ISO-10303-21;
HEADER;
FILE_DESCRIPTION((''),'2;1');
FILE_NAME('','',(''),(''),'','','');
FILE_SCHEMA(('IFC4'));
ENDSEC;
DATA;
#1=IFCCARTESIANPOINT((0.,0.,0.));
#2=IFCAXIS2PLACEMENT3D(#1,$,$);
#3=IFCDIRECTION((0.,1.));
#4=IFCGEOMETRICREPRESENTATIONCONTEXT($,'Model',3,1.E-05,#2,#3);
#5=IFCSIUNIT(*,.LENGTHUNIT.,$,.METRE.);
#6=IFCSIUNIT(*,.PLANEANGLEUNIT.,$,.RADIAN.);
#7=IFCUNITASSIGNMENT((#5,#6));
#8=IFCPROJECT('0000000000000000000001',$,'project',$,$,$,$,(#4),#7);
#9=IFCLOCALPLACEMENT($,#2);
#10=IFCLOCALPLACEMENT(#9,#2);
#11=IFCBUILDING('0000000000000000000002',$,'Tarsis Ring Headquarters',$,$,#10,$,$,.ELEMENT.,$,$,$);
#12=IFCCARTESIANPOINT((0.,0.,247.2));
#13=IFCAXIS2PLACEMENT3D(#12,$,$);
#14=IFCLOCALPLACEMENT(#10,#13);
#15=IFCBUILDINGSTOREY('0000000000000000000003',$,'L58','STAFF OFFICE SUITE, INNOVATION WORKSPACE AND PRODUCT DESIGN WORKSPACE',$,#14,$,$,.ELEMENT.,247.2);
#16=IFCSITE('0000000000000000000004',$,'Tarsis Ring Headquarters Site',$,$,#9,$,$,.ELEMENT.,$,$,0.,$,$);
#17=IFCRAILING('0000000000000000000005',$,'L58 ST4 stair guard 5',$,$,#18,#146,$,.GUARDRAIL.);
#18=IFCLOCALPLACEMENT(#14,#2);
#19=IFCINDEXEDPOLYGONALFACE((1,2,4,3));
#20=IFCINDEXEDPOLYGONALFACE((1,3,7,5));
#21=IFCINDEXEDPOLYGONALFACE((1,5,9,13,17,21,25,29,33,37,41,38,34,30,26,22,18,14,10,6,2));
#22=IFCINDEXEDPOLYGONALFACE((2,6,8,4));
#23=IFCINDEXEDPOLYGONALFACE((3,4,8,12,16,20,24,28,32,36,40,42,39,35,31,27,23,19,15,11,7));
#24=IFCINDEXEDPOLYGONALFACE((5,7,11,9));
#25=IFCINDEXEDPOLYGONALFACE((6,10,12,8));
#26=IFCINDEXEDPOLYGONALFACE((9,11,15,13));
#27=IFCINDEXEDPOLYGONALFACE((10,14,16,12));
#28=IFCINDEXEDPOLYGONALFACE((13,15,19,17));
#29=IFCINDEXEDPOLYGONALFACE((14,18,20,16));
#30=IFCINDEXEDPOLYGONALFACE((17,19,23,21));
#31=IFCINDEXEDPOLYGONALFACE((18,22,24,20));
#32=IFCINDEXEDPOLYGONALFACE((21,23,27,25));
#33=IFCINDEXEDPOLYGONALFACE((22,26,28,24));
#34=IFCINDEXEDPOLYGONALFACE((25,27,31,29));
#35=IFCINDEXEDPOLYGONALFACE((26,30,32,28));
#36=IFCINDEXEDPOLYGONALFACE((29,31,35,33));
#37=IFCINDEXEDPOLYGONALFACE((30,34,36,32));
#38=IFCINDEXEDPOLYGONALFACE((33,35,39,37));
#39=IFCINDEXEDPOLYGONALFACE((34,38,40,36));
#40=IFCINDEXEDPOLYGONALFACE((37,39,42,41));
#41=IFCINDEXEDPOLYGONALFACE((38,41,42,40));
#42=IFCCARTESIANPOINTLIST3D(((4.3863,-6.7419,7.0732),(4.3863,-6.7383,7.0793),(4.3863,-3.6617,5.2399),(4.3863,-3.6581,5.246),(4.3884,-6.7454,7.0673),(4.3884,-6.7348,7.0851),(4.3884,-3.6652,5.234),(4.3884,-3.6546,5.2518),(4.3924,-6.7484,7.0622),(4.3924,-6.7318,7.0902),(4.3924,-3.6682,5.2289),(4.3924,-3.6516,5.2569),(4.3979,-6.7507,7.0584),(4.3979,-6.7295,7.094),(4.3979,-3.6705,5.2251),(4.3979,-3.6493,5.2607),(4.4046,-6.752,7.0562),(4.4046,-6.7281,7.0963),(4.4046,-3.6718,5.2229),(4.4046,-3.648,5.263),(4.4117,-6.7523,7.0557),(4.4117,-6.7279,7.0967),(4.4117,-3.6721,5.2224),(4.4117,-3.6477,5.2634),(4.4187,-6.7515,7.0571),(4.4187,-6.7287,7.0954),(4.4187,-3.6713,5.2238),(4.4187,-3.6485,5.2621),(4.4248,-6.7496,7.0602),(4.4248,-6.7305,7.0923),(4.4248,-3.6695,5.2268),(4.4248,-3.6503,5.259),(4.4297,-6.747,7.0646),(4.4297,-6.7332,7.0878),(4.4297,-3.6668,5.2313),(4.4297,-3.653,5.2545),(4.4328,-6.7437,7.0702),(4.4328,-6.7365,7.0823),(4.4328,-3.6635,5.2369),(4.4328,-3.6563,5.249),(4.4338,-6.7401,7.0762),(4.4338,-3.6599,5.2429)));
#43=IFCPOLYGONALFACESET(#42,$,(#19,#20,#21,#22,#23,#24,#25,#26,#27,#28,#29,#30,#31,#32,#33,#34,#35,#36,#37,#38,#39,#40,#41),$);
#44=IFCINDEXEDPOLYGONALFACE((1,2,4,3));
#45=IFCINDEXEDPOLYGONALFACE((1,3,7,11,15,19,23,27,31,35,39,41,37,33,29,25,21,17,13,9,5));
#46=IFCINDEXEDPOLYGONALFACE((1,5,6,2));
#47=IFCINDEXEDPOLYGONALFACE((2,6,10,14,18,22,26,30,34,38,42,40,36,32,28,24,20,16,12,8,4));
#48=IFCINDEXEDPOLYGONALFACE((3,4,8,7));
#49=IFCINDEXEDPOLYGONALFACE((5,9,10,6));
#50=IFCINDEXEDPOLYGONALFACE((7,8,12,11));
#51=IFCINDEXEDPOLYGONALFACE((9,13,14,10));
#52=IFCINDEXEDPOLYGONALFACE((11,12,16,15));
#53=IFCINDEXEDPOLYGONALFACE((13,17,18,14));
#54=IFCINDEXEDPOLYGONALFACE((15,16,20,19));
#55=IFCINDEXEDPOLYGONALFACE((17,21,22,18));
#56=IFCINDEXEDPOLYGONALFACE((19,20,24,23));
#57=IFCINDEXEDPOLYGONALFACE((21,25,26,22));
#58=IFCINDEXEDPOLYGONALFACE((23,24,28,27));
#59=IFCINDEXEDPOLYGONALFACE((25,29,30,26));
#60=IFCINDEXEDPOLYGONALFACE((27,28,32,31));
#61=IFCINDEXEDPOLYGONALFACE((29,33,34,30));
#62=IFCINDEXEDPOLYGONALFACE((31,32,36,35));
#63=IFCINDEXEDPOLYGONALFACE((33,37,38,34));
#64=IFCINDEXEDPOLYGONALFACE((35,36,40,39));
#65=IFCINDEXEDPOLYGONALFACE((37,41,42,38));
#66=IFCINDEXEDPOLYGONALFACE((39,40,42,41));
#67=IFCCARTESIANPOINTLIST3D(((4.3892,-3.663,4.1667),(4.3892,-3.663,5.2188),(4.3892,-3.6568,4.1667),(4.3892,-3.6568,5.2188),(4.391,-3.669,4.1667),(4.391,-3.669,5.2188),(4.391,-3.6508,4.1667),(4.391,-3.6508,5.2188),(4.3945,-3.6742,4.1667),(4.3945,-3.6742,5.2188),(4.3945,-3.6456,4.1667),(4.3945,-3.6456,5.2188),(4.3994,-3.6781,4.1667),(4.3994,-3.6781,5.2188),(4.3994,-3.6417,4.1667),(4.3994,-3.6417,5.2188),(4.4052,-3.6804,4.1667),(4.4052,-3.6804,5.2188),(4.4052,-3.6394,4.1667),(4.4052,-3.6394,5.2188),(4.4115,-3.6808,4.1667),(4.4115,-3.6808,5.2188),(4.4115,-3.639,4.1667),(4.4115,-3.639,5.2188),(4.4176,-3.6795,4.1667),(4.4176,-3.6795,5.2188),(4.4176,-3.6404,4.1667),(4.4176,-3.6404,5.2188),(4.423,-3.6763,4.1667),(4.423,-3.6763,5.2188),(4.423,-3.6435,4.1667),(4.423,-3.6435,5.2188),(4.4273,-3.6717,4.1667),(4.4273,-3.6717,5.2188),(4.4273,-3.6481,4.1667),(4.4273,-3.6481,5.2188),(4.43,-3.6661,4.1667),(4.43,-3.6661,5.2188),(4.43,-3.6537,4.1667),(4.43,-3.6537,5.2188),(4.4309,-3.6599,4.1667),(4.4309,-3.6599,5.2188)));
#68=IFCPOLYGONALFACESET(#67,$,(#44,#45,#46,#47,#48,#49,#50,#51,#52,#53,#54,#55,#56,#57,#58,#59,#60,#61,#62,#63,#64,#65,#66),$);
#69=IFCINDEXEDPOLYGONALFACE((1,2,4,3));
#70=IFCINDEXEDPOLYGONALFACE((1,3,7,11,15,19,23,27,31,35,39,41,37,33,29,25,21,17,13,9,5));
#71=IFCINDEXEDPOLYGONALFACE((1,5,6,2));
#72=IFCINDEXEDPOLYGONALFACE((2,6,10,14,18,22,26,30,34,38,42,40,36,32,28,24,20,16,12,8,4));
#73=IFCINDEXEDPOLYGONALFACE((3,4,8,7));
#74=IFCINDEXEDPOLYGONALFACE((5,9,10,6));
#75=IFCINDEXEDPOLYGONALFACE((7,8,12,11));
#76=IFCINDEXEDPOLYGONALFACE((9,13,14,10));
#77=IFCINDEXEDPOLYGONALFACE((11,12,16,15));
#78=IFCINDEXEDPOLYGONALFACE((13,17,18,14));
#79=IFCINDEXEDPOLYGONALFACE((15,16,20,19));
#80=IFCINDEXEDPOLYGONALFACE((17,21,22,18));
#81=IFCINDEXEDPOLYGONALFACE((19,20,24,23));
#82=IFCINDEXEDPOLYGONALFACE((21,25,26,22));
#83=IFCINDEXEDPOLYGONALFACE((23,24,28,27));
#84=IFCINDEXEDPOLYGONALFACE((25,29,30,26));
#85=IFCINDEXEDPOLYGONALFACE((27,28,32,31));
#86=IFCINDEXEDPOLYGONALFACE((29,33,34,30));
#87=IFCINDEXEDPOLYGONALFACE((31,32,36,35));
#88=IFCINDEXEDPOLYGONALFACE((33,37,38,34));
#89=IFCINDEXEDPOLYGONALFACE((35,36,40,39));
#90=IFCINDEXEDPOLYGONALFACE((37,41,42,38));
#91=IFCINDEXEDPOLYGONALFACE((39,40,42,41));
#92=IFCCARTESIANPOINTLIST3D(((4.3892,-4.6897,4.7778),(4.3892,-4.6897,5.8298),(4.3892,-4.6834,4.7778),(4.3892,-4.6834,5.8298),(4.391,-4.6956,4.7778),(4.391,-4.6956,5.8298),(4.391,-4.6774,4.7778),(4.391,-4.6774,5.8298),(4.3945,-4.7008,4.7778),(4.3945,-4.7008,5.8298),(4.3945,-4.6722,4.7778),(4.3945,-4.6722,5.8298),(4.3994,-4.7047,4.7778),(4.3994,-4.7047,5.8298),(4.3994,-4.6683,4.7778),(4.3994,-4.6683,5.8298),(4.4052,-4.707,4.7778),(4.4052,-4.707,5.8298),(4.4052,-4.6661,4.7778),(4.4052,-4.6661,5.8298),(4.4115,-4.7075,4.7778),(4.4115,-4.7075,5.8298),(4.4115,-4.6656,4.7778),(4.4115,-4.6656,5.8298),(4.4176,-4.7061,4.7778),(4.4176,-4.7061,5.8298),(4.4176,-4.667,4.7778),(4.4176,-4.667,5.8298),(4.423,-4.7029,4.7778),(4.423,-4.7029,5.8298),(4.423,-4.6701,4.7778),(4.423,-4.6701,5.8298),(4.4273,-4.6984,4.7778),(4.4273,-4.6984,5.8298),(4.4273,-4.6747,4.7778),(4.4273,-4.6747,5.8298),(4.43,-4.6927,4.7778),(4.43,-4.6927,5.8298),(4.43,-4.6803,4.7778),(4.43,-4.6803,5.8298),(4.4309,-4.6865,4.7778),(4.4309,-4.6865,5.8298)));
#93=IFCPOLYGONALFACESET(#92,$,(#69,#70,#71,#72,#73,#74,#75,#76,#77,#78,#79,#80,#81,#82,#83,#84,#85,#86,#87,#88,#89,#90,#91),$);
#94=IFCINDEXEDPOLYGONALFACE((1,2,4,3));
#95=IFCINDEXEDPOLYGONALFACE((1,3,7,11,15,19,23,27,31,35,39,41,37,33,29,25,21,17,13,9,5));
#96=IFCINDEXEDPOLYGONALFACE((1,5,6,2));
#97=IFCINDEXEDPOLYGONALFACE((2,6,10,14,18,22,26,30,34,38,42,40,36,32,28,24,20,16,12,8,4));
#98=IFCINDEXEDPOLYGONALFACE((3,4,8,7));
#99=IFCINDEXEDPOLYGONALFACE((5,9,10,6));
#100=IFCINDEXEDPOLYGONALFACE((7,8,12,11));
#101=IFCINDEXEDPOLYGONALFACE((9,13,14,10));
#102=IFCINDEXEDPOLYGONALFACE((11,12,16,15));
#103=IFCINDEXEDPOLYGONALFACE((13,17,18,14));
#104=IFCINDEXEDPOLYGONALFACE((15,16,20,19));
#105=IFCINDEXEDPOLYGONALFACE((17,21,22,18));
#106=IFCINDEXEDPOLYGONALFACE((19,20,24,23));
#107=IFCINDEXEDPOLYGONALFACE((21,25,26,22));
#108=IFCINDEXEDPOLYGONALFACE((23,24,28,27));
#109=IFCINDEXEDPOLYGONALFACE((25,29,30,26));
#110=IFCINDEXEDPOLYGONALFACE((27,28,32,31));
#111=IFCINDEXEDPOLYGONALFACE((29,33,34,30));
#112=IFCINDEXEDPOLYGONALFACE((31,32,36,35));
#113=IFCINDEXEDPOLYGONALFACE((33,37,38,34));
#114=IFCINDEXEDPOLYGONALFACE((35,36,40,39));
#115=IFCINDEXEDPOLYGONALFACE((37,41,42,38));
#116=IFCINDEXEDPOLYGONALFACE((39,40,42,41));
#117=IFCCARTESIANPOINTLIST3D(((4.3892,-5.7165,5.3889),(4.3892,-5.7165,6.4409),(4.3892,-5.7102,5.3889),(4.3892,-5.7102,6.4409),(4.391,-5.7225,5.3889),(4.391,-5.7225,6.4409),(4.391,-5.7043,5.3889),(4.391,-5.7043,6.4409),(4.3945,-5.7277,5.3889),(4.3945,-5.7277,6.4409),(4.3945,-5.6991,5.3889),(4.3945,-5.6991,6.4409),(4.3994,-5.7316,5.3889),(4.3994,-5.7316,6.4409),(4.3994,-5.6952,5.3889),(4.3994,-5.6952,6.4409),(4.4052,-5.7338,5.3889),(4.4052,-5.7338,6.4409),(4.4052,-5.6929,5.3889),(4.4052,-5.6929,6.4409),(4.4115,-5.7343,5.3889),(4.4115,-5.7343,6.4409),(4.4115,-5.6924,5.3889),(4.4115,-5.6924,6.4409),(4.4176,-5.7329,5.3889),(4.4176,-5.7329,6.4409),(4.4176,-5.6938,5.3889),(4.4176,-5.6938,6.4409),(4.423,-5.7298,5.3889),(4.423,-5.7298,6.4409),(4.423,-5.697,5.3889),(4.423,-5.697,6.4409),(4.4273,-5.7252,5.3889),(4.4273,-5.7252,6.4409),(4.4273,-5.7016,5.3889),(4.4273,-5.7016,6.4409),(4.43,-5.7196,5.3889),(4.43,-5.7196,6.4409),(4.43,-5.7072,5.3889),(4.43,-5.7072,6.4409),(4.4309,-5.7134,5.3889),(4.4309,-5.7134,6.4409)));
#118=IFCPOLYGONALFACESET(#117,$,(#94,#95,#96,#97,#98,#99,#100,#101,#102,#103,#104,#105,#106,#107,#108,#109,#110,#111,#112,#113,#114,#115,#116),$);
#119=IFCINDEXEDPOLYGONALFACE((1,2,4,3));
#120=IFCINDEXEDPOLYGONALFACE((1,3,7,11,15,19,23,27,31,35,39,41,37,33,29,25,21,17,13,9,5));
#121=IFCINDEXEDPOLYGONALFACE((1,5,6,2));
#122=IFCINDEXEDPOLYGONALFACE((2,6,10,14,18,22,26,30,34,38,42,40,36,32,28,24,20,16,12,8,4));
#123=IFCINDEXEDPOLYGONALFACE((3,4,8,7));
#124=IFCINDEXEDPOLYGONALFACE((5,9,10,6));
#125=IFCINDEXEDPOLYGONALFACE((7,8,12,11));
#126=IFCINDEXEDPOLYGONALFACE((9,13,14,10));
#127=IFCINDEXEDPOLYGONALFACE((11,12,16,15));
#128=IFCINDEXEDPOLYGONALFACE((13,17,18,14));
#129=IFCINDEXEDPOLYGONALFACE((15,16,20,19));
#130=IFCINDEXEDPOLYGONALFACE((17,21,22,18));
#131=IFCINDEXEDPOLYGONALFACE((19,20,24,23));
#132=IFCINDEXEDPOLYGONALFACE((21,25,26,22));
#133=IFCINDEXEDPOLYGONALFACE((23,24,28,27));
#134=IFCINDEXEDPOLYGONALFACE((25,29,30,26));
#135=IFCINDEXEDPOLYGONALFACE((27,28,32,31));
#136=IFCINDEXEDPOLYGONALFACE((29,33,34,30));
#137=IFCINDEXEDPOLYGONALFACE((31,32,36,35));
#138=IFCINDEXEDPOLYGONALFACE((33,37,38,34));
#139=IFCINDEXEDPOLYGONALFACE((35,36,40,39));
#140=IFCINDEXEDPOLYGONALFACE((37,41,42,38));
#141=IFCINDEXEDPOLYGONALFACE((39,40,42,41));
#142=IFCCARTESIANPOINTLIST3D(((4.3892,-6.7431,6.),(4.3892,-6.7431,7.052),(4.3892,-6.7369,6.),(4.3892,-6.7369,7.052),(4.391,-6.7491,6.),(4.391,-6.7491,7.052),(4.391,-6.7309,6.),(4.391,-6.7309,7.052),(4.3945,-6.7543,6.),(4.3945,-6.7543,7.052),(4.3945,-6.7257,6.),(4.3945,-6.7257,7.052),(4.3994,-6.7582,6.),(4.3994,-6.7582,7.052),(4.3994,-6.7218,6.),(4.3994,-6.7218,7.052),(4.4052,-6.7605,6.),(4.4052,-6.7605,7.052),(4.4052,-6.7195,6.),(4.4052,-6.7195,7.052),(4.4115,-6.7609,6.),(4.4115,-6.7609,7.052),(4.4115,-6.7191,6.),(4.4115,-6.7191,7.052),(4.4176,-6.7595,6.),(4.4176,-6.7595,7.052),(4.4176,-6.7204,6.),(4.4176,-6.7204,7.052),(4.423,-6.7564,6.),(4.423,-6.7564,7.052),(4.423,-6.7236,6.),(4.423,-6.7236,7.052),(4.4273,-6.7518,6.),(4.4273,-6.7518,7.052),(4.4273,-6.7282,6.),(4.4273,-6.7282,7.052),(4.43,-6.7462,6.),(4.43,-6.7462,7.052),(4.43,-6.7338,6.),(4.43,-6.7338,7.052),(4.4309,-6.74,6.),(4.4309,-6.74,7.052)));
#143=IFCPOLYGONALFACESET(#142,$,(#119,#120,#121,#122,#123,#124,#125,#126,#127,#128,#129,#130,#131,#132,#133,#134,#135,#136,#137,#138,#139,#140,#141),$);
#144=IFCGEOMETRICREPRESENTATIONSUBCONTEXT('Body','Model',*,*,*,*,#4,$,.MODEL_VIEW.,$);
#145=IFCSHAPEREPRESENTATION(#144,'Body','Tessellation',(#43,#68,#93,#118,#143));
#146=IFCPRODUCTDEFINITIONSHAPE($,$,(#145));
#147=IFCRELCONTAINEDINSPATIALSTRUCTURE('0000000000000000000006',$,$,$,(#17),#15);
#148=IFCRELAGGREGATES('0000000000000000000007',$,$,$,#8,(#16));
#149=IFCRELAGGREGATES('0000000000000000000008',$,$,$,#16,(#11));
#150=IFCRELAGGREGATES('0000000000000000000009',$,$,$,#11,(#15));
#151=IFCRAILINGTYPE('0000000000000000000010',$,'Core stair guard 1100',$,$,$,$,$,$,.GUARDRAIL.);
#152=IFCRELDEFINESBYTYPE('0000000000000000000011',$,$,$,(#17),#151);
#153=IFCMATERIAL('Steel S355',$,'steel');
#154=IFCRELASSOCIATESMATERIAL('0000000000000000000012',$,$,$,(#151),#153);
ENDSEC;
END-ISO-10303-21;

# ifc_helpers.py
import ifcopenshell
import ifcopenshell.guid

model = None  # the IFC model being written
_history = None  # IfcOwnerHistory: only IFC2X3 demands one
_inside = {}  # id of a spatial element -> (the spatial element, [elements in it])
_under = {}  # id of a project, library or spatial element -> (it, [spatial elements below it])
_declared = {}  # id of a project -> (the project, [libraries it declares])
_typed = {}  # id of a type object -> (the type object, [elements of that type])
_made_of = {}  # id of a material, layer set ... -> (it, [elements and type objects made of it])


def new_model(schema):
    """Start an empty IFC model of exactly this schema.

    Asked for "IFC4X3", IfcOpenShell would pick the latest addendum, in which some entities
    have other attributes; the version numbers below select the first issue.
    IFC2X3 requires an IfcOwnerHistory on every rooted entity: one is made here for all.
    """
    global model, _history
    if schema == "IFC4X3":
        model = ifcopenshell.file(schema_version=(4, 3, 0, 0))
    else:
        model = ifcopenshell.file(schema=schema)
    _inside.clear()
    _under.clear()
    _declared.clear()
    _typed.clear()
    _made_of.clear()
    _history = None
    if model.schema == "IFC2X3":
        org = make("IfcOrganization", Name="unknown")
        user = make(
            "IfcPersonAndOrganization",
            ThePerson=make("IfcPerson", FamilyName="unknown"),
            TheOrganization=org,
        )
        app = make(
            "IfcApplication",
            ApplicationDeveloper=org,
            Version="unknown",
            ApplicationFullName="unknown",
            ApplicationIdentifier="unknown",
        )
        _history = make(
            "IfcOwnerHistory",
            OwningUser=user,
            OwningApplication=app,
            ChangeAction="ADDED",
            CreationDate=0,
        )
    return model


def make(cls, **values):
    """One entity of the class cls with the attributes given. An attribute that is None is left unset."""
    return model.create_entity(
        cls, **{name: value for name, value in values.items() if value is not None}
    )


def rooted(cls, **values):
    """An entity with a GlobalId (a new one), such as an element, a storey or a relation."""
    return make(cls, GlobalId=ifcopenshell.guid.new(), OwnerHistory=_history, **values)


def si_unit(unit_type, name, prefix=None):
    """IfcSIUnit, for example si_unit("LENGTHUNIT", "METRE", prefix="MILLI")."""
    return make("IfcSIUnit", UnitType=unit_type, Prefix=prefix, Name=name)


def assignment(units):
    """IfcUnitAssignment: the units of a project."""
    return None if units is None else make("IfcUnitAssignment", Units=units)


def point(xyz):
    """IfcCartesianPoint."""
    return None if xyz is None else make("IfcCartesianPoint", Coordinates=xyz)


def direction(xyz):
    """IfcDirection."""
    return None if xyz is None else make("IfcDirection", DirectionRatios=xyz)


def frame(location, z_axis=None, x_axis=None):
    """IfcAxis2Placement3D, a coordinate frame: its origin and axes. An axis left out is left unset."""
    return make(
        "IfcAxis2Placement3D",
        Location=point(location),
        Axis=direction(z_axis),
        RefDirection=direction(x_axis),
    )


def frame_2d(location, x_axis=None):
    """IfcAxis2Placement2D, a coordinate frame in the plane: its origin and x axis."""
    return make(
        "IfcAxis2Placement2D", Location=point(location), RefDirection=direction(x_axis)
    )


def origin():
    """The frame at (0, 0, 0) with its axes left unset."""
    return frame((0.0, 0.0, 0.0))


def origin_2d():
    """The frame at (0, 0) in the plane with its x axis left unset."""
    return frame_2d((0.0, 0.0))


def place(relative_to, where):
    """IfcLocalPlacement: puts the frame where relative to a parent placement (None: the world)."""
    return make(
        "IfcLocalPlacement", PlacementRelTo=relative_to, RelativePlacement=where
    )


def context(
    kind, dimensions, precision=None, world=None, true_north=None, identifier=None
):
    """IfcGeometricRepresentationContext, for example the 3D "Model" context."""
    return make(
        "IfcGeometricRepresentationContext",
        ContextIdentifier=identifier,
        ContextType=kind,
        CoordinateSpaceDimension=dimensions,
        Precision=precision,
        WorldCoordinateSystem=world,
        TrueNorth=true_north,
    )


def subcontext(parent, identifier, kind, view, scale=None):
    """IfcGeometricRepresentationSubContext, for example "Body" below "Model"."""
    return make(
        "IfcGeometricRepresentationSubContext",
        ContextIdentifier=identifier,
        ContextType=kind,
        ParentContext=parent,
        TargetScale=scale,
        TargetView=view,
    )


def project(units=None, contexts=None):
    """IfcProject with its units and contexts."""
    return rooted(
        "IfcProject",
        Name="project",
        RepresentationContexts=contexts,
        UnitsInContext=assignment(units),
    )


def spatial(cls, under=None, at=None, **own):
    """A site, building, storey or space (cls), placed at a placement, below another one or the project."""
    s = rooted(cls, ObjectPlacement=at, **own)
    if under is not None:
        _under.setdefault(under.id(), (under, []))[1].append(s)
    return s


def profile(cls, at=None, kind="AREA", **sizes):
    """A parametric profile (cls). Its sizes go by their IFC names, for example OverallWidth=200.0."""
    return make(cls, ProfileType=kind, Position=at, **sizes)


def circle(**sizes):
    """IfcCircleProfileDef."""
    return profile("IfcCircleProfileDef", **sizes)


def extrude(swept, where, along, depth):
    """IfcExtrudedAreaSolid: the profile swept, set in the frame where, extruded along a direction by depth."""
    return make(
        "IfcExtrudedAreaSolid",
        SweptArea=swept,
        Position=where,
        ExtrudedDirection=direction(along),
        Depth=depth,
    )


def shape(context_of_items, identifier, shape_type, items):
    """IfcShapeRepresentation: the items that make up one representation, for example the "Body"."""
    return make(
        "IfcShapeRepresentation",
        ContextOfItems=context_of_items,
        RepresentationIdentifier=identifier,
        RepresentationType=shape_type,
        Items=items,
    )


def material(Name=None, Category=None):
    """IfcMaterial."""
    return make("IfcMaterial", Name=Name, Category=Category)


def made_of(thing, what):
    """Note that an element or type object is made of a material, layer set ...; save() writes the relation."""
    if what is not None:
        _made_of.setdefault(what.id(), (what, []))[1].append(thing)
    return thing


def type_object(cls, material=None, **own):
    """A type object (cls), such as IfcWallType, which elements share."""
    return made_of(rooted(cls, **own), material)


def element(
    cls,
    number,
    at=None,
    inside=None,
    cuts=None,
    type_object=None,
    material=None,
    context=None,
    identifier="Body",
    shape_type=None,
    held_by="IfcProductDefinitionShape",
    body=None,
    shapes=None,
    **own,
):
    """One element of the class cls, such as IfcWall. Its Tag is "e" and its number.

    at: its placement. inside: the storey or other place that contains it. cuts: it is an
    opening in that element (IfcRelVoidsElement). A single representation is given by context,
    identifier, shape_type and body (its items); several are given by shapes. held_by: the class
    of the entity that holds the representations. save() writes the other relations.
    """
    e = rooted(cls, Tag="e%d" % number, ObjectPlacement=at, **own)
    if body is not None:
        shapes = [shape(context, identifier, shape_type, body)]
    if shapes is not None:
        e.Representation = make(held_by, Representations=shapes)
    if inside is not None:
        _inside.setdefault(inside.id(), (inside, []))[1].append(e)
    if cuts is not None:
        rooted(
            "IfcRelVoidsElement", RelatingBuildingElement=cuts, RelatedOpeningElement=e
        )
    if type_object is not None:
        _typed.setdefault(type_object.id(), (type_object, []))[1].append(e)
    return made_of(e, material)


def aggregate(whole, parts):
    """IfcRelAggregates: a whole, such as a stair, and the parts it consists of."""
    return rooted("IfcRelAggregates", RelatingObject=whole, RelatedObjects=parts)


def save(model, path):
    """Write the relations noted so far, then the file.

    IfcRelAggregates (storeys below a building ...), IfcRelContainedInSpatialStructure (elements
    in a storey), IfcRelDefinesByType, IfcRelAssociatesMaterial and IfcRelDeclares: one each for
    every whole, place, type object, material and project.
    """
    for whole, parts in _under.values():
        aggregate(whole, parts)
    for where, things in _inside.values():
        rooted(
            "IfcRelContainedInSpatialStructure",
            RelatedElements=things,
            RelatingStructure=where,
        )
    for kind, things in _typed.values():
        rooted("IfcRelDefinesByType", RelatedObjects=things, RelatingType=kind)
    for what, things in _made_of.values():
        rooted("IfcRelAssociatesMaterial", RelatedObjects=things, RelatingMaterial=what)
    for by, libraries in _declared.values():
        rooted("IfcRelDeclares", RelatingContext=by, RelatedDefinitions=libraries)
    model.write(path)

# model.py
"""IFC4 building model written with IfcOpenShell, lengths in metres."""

from ifc_helpers import new_model, si_unit, direction, frame, origin, origin_2d, place, context, subcontext, project, spatial, circle, extrude, material, type_object, element, save


model = new_model("IFC4")

# Units and contexts
model_context = context("Model", 3, precision=1e-05, world=origin(), true_north=direction((0.0, 1.0)))
body_context = subcontext(model_context, "Body", "Model", "MODEL_VIEW")
ifc_project = project(units=[si_unit("LENGTHUNIT", "METRE"), si_unit("PLANEANGLEUNIT", "RADIAN")], contexts=[model_context])

# Site, building, storey
site_placement = place(None, origin())
site = spatial("IfcSite", under=ifc_project, at=site_placement, Name="Tarsis Ring Headquarters Site", CompositionType="ELEMENT", RefElevation=0.0)
building_placement = place(site_placement, origin())
building = spatial("IfcBuilding", under=site, at=building_placement, Name="Tarsis Ring Headquarters", CompositionType="ELEMENT")
storey_placement = place(building_placement, frame((0.0, 0.0, 247.2)))
storey = spatial("IfcBuildingStorey", under=building, at=storey_placement, Name="L58", Description="STAFF OFFICE SUITE, INNOVATION WORKSPACE AND PRODUCT DESIGN WORKSPACE", CompositionType="ELEMENT", Elevation=247.2)

# Railing
ifc_material_1 = material(Name="Steel S355", Category="steel")
railing_type_1 = type_object("IfcRailingType", Name="Core stair guard 1100", PredefinedType="GUARDRAIL", material=ifc_material_1)
railing_1_placement = place(storey_placement, frame((4.4099, -3.6599, 4.1667)))
element("IfcRailing", 1, at=railing_1_placement, inside=storey, type_object=railing_type_1, Name="L58 ST4 stair guard 5", PredefinedType="GUARDRAIL", context=body_context, shape_type="SweptSolid", body=[
    extrude(circle(Radius=0.0239, at=origin_2d()), frame((0.0, 0.0, 1.0762), z_axis=(0.0, -0.859309, 0.511458), x_axis=(1.0, 0.0, 0.0)), (0.0, 0.0, 1.0), 3.5845),
    extrude(circle(Radius=0.021, at=origin_2d()), origin(), (0.0, 0.0, 1.0), 1.052),
    extrude(circle(Radius=0.021, at=origin_2d()), frame((0.0, -1.0266, 0.6111)), (0.0, 0.0, 1.0), 1.052),
    extrude(circle(Radius=0.021, at=origin_2d()), frame((0.0, -2.0535, 1.2222)), (0.0, 0.0, 1.0), 1.052),
    extrude(circle(Radius=0.021, at=origin_2d()), frame((0.0, -3.0801, 1.8333)), (0.0, 0.0, 1.0), 1.052),
])

save(model, "model.ifc")
